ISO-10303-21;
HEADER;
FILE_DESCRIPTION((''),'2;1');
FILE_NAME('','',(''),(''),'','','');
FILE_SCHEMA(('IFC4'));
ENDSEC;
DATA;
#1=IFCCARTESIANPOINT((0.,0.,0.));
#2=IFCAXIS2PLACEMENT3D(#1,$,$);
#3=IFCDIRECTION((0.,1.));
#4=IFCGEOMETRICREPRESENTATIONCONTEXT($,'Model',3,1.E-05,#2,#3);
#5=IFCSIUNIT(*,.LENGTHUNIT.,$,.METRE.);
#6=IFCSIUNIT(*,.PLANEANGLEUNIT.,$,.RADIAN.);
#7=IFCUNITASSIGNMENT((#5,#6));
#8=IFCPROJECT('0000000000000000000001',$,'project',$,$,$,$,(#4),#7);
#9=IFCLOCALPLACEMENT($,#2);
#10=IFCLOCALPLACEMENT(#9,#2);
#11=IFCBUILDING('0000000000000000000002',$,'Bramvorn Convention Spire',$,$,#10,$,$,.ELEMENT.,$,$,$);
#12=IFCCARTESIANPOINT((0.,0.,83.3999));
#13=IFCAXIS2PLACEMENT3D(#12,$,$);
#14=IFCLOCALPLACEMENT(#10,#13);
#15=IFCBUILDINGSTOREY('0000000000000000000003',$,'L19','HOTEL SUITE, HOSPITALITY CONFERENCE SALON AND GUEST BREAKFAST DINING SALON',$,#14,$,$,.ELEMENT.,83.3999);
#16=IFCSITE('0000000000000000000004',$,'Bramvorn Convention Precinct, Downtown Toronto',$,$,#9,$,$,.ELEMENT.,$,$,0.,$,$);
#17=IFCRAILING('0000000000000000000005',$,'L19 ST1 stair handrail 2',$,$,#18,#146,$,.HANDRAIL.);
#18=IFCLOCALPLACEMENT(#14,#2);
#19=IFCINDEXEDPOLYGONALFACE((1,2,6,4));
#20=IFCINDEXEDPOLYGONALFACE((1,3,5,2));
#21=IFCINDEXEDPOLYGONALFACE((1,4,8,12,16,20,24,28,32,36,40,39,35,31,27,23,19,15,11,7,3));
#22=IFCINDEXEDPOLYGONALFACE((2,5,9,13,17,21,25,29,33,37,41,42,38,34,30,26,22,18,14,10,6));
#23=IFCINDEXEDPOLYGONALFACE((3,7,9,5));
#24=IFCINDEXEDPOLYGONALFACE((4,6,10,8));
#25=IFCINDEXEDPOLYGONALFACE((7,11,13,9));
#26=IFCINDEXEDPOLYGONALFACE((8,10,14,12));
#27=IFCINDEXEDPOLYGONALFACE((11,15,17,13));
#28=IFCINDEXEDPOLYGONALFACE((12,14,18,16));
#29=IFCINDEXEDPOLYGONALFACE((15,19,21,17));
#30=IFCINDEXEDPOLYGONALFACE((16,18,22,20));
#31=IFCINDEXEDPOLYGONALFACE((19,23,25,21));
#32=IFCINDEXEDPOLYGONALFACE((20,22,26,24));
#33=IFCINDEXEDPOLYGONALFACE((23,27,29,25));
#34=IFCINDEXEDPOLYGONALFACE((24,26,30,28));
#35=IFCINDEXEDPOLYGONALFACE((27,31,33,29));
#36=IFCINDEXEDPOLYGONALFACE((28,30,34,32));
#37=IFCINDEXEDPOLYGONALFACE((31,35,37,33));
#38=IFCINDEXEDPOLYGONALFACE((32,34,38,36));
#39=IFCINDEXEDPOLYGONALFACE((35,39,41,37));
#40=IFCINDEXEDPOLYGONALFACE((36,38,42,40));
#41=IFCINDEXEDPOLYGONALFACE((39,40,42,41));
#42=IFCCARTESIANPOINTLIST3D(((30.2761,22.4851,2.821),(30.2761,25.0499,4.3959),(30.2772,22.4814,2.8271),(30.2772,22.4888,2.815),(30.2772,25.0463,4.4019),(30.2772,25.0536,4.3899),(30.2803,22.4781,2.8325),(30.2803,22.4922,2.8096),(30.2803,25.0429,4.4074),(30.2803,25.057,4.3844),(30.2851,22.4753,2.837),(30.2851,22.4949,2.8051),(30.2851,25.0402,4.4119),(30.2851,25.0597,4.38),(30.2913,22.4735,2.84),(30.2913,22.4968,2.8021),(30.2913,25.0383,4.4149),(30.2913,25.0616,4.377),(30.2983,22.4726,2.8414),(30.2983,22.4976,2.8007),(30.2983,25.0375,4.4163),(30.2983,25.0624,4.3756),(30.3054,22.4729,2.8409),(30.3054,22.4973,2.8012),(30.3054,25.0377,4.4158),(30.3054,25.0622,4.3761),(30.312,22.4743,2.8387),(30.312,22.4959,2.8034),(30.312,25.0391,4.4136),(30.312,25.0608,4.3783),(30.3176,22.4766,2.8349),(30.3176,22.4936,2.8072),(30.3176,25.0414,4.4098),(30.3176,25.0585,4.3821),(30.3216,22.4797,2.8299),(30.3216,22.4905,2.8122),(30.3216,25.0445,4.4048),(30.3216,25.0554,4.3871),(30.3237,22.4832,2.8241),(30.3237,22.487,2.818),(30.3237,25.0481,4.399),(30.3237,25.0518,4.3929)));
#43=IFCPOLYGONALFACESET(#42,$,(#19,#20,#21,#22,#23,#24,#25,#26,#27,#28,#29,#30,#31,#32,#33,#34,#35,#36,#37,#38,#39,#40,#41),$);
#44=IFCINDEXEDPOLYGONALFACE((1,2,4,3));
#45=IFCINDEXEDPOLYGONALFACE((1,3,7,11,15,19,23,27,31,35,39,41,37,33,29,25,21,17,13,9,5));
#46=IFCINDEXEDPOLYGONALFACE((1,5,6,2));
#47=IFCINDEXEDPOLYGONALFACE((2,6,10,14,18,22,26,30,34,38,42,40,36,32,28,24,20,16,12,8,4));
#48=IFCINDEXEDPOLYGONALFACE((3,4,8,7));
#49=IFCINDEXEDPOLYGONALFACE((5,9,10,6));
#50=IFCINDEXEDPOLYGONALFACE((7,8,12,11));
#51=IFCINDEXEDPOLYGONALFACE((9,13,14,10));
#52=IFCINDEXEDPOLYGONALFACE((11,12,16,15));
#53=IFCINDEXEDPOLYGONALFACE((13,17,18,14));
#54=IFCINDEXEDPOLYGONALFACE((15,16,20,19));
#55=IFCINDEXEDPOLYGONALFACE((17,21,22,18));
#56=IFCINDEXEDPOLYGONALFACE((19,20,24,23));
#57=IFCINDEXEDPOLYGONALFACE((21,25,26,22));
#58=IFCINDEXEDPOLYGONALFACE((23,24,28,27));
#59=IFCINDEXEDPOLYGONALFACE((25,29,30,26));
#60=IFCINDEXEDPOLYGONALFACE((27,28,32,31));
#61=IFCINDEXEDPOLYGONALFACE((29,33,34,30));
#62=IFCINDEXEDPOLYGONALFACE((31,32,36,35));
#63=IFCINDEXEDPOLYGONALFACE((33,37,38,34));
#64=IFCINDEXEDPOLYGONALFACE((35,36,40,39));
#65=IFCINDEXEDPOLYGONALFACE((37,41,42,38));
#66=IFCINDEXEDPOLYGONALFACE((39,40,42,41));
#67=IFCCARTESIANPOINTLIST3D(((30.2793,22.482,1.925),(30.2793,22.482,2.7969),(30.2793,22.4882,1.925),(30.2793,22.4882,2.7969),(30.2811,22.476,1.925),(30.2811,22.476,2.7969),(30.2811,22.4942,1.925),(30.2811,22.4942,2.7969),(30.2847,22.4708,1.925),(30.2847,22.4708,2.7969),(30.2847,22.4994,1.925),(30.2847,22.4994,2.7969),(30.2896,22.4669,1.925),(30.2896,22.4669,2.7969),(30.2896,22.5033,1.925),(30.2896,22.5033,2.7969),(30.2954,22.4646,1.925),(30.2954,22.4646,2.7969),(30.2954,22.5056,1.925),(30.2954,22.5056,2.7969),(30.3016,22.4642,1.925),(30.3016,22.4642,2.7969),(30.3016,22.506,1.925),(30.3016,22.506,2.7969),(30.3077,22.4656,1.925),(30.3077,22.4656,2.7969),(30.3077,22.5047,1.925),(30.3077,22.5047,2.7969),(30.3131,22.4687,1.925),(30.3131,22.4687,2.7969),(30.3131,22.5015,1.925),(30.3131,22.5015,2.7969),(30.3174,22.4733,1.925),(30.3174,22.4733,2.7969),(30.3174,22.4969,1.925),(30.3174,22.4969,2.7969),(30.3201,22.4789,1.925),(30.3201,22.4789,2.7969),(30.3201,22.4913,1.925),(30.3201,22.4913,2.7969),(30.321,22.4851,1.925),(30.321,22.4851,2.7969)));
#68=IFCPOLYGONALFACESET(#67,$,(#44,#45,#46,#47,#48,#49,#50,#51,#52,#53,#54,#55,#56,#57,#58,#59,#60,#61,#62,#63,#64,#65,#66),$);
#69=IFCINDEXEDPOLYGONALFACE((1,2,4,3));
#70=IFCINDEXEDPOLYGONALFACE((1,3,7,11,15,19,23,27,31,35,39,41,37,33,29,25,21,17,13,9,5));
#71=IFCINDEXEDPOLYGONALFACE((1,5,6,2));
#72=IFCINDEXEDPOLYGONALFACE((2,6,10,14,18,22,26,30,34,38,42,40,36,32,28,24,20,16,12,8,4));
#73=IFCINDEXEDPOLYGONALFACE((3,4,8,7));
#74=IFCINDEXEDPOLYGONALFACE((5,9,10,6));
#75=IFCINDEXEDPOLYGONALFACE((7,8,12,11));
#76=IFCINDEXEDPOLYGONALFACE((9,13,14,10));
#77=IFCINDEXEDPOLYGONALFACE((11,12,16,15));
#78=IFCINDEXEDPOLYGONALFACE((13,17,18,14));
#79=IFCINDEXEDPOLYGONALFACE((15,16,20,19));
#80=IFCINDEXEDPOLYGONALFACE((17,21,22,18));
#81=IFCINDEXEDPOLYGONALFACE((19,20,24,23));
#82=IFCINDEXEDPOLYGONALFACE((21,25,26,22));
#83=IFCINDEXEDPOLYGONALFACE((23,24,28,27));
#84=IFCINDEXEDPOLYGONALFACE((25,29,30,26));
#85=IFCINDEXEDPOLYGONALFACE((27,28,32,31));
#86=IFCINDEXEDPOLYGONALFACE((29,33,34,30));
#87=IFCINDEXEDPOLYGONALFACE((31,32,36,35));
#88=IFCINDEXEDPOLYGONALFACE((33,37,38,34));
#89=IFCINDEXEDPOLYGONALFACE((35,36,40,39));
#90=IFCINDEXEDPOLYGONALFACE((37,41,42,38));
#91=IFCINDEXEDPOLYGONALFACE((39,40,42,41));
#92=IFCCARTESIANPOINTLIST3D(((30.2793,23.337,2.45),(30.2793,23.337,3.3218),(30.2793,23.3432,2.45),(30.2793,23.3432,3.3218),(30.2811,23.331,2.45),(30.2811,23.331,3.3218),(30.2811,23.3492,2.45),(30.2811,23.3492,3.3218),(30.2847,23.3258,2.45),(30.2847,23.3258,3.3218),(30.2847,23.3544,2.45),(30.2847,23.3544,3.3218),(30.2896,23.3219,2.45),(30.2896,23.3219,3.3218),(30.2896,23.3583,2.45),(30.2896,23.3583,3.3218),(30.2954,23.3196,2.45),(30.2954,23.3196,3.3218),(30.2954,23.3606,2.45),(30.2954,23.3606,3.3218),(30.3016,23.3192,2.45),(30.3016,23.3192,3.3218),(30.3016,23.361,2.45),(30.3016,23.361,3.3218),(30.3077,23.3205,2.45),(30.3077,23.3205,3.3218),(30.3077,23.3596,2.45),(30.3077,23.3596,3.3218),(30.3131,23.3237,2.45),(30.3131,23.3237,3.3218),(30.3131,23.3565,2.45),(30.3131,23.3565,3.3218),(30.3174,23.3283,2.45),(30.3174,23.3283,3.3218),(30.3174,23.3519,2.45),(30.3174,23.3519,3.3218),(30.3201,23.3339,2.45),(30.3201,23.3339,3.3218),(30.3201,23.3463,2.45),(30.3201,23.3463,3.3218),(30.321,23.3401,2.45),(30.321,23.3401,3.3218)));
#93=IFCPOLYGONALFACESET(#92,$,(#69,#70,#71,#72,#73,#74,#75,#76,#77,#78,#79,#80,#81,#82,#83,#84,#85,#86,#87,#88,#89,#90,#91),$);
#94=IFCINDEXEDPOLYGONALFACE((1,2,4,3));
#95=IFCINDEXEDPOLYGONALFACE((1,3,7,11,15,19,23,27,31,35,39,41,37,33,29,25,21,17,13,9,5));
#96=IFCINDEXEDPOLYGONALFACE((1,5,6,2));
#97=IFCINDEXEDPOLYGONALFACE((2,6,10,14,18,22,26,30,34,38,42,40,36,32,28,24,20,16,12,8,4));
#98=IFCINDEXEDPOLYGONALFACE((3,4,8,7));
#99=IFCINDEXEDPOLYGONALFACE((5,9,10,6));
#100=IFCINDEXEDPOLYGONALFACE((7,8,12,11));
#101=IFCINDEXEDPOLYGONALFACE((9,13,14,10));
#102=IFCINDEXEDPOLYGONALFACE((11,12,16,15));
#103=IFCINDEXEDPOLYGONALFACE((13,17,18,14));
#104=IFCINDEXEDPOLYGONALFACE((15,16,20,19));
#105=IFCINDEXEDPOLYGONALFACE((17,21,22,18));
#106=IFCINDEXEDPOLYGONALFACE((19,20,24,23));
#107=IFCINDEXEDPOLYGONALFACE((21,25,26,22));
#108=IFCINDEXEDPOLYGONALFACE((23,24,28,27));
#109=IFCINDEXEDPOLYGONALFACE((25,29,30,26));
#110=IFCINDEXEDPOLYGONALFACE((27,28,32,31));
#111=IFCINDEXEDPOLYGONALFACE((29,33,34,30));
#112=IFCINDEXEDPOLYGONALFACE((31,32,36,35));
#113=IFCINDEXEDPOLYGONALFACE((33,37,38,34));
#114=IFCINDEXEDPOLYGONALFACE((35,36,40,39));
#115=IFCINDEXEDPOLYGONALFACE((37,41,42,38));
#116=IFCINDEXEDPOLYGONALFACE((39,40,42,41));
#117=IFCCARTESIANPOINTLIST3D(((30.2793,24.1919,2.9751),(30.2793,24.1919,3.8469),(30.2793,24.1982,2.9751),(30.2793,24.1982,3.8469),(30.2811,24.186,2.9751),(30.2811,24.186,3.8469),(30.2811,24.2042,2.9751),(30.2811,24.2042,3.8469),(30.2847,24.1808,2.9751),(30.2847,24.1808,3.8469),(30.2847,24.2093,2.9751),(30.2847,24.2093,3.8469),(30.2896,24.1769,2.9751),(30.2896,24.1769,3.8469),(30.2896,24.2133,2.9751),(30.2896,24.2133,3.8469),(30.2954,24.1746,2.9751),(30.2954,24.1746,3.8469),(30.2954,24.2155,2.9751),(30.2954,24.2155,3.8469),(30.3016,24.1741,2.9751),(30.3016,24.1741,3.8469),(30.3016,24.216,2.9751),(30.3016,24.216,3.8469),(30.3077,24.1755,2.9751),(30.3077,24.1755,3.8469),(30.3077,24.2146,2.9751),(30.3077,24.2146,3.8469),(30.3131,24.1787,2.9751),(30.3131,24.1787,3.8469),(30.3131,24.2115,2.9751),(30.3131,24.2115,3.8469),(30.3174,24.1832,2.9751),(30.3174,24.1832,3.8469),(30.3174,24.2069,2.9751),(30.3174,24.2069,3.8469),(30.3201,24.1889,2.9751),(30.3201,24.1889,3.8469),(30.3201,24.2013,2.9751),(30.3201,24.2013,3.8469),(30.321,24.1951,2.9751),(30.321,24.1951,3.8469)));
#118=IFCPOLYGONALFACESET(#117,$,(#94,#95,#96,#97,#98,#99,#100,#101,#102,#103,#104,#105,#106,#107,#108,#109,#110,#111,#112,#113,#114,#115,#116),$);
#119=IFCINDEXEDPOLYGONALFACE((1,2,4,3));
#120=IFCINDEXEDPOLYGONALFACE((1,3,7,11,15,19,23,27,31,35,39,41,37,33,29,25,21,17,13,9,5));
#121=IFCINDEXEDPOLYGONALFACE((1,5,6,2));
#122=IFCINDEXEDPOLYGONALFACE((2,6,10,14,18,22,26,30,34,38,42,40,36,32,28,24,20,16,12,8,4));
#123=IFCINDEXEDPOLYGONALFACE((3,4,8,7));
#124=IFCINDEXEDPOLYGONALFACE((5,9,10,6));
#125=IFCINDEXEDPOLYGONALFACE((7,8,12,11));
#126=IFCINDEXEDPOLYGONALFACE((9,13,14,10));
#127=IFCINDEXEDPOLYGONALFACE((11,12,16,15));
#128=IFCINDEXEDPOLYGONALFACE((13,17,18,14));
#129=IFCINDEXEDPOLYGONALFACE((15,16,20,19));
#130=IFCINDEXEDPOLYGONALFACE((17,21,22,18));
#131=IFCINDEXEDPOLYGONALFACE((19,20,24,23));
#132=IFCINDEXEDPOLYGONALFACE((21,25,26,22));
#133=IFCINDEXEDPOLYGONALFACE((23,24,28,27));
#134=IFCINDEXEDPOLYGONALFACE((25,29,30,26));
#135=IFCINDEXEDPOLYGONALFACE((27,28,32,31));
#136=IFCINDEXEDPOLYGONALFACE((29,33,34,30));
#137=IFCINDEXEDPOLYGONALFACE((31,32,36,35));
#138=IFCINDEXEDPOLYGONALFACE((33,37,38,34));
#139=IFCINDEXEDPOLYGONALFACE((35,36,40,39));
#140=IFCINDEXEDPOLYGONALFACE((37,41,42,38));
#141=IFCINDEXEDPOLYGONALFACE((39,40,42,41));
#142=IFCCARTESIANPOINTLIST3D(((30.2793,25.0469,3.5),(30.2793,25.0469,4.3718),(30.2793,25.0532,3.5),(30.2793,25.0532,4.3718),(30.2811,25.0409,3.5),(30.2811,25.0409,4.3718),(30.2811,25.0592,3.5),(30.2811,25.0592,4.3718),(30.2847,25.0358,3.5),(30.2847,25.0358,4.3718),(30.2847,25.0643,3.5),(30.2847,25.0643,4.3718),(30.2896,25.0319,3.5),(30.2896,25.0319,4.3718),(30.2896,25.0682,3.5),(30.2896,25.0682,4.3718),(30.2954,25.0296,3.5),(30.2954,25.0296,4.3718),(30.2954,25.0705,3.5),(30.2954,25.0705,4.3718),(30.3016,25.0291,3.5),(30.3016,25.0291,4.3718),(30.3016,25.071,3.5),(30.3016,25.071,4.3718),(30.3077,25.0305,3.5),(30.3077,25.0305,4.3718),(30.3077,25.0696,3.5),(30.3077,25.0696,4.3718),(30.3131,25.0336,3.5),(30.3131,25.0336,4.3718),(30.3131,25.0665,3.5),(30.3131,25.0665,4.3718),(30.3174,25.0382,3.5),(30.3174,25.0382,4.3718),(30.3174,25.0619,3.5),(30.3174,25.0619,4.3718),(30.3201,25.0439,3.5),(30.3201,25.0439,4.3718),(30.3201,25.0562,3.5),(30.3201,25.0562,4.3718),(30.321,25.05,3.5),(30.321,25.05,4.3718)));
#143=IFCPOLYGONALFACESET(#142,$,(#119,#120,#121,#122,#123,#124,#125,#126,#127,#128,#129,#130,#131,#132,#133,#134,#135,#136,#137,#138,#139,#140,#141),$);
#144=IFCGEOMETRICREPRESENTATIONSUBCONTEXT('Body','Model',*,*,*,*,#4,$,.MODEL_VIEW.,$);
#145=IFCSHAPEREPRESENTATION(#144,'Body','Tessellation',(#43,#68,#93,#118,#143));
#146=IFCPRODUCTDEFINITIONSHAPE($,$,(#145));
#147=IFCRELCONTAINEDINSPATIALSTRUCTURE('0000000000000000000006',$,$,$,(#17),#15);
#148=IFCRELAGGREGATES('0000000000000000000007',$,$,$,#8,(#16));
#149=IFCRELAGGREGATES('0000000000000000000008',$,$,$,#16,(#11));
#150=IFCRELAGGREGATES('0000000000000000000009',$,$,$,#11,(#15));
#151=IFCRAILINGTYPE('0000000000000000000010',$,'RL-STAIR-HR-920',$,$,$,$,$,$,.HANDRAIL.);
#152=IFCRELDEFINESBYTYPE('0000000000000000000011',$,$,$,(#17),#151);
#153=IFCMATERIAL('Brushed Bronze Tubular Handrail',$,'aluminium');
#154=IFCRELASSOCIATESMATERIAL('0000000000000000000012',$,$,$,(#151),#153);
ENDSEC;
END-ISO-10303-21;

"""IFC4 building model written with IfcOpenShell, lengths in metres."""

from ifc_helpers import new_model, si_unit, direction, frame, origin, origin_2d, place, context, subcontext, project, spatial, circle, extrude, material, type_object, element, save


model = new_model("IFC4")

# Units and contexts
model_context = context("Model", 3, precision=1e-05, world=origin(), true_north=direction((0.0, 1.0)))
body_context = subcontext(model_context, "Body", "Model", "MODEL_VIEW")
ifc_project = project(units=[si_unit("LENGTHUNIT", "METRE"), si_unit("PLANEANGLEUNIT", "RADIAN")], contexts=[model_context])

# Site, building, storey
site_placement = place(None, origin())
site = spatial("IfcSite", under=ifc_project, at=site_placement, Name="Bramvorn Convention Precinct, Downtown Toronto", CompositionType="ELEMENT", RefElevation=0.0)
building_placement = place(site_placement, origin())
building = spatial("IfcBuilding", under=site, at=building_placement, Name="Bramvorn Convention Spire", CompositionType="ELEMENT")
storey_placement = place(building_placement, frame((0.0, 0.0, 83.3999)))
storey = spatial("IfcBuildingStorey", under=building, at=storey_placement, Name="L19", Description="HOTEL SUITE, HOSPITALITY CONFERENCE SALON AND GUEST BREAKFAST DINING SALON", CompositionType="ELEMENT", Elevation=83.3999)

# Railing
ifc_material_1 = material(Name="Brushed Bronze Tubular Handrail", Category="aluminium")
railing_type_1 = type_object("IfcRailingType", Name="RL-STAIR-HR-920", PredefinedType="HANDRAIL", material=ifc_material_1)
for number, where, name in (
    (1, (30.3, 22.4851, 1.925), "L19 ST1 stair handrail 2"),
):
    element("IfcRailing", number, at=place(storey_placement, frame(where)), inside=storey, type_object=railing_type_1, Name=name, PredefinedType="HANDRAIL", context=body_context, shape_type="SweptSolid", body=[
        extrude(circle(Radius=0.0239, at=origin_2d()), frame((0.0, 0.0, 0.896), z_axis=(0.0, 0.852173, 0.52326), x_axis=(-1.0, 0.0, 0.0)), (0.0, 0.0, 1.0), 3.0098),
        extrude(circle(Radius=0.021, at=origin_2d()), origin(), (0.0, 0.0, 1.0), 0.8718),
        extrude(circle(Radius=0.021, at=origin_2d()), frame((0.0, 0.855, 0.5249)), (0.0, 0.0, 1.0), 0.8718),
        extrude(circle(Radius=0.021, at=origin_2d()), frame((0.0, 1.71, 1.05)), (0.0, 0.0, 1.0), 0.8718),
        extrude(circle(Radius=0.021, at=origin_2d()), frame((0.0, 2.5649, 1.575)), (0.0, 0.0, 1.0), 0.8718),
    ])

save(model, "model.ifc")
